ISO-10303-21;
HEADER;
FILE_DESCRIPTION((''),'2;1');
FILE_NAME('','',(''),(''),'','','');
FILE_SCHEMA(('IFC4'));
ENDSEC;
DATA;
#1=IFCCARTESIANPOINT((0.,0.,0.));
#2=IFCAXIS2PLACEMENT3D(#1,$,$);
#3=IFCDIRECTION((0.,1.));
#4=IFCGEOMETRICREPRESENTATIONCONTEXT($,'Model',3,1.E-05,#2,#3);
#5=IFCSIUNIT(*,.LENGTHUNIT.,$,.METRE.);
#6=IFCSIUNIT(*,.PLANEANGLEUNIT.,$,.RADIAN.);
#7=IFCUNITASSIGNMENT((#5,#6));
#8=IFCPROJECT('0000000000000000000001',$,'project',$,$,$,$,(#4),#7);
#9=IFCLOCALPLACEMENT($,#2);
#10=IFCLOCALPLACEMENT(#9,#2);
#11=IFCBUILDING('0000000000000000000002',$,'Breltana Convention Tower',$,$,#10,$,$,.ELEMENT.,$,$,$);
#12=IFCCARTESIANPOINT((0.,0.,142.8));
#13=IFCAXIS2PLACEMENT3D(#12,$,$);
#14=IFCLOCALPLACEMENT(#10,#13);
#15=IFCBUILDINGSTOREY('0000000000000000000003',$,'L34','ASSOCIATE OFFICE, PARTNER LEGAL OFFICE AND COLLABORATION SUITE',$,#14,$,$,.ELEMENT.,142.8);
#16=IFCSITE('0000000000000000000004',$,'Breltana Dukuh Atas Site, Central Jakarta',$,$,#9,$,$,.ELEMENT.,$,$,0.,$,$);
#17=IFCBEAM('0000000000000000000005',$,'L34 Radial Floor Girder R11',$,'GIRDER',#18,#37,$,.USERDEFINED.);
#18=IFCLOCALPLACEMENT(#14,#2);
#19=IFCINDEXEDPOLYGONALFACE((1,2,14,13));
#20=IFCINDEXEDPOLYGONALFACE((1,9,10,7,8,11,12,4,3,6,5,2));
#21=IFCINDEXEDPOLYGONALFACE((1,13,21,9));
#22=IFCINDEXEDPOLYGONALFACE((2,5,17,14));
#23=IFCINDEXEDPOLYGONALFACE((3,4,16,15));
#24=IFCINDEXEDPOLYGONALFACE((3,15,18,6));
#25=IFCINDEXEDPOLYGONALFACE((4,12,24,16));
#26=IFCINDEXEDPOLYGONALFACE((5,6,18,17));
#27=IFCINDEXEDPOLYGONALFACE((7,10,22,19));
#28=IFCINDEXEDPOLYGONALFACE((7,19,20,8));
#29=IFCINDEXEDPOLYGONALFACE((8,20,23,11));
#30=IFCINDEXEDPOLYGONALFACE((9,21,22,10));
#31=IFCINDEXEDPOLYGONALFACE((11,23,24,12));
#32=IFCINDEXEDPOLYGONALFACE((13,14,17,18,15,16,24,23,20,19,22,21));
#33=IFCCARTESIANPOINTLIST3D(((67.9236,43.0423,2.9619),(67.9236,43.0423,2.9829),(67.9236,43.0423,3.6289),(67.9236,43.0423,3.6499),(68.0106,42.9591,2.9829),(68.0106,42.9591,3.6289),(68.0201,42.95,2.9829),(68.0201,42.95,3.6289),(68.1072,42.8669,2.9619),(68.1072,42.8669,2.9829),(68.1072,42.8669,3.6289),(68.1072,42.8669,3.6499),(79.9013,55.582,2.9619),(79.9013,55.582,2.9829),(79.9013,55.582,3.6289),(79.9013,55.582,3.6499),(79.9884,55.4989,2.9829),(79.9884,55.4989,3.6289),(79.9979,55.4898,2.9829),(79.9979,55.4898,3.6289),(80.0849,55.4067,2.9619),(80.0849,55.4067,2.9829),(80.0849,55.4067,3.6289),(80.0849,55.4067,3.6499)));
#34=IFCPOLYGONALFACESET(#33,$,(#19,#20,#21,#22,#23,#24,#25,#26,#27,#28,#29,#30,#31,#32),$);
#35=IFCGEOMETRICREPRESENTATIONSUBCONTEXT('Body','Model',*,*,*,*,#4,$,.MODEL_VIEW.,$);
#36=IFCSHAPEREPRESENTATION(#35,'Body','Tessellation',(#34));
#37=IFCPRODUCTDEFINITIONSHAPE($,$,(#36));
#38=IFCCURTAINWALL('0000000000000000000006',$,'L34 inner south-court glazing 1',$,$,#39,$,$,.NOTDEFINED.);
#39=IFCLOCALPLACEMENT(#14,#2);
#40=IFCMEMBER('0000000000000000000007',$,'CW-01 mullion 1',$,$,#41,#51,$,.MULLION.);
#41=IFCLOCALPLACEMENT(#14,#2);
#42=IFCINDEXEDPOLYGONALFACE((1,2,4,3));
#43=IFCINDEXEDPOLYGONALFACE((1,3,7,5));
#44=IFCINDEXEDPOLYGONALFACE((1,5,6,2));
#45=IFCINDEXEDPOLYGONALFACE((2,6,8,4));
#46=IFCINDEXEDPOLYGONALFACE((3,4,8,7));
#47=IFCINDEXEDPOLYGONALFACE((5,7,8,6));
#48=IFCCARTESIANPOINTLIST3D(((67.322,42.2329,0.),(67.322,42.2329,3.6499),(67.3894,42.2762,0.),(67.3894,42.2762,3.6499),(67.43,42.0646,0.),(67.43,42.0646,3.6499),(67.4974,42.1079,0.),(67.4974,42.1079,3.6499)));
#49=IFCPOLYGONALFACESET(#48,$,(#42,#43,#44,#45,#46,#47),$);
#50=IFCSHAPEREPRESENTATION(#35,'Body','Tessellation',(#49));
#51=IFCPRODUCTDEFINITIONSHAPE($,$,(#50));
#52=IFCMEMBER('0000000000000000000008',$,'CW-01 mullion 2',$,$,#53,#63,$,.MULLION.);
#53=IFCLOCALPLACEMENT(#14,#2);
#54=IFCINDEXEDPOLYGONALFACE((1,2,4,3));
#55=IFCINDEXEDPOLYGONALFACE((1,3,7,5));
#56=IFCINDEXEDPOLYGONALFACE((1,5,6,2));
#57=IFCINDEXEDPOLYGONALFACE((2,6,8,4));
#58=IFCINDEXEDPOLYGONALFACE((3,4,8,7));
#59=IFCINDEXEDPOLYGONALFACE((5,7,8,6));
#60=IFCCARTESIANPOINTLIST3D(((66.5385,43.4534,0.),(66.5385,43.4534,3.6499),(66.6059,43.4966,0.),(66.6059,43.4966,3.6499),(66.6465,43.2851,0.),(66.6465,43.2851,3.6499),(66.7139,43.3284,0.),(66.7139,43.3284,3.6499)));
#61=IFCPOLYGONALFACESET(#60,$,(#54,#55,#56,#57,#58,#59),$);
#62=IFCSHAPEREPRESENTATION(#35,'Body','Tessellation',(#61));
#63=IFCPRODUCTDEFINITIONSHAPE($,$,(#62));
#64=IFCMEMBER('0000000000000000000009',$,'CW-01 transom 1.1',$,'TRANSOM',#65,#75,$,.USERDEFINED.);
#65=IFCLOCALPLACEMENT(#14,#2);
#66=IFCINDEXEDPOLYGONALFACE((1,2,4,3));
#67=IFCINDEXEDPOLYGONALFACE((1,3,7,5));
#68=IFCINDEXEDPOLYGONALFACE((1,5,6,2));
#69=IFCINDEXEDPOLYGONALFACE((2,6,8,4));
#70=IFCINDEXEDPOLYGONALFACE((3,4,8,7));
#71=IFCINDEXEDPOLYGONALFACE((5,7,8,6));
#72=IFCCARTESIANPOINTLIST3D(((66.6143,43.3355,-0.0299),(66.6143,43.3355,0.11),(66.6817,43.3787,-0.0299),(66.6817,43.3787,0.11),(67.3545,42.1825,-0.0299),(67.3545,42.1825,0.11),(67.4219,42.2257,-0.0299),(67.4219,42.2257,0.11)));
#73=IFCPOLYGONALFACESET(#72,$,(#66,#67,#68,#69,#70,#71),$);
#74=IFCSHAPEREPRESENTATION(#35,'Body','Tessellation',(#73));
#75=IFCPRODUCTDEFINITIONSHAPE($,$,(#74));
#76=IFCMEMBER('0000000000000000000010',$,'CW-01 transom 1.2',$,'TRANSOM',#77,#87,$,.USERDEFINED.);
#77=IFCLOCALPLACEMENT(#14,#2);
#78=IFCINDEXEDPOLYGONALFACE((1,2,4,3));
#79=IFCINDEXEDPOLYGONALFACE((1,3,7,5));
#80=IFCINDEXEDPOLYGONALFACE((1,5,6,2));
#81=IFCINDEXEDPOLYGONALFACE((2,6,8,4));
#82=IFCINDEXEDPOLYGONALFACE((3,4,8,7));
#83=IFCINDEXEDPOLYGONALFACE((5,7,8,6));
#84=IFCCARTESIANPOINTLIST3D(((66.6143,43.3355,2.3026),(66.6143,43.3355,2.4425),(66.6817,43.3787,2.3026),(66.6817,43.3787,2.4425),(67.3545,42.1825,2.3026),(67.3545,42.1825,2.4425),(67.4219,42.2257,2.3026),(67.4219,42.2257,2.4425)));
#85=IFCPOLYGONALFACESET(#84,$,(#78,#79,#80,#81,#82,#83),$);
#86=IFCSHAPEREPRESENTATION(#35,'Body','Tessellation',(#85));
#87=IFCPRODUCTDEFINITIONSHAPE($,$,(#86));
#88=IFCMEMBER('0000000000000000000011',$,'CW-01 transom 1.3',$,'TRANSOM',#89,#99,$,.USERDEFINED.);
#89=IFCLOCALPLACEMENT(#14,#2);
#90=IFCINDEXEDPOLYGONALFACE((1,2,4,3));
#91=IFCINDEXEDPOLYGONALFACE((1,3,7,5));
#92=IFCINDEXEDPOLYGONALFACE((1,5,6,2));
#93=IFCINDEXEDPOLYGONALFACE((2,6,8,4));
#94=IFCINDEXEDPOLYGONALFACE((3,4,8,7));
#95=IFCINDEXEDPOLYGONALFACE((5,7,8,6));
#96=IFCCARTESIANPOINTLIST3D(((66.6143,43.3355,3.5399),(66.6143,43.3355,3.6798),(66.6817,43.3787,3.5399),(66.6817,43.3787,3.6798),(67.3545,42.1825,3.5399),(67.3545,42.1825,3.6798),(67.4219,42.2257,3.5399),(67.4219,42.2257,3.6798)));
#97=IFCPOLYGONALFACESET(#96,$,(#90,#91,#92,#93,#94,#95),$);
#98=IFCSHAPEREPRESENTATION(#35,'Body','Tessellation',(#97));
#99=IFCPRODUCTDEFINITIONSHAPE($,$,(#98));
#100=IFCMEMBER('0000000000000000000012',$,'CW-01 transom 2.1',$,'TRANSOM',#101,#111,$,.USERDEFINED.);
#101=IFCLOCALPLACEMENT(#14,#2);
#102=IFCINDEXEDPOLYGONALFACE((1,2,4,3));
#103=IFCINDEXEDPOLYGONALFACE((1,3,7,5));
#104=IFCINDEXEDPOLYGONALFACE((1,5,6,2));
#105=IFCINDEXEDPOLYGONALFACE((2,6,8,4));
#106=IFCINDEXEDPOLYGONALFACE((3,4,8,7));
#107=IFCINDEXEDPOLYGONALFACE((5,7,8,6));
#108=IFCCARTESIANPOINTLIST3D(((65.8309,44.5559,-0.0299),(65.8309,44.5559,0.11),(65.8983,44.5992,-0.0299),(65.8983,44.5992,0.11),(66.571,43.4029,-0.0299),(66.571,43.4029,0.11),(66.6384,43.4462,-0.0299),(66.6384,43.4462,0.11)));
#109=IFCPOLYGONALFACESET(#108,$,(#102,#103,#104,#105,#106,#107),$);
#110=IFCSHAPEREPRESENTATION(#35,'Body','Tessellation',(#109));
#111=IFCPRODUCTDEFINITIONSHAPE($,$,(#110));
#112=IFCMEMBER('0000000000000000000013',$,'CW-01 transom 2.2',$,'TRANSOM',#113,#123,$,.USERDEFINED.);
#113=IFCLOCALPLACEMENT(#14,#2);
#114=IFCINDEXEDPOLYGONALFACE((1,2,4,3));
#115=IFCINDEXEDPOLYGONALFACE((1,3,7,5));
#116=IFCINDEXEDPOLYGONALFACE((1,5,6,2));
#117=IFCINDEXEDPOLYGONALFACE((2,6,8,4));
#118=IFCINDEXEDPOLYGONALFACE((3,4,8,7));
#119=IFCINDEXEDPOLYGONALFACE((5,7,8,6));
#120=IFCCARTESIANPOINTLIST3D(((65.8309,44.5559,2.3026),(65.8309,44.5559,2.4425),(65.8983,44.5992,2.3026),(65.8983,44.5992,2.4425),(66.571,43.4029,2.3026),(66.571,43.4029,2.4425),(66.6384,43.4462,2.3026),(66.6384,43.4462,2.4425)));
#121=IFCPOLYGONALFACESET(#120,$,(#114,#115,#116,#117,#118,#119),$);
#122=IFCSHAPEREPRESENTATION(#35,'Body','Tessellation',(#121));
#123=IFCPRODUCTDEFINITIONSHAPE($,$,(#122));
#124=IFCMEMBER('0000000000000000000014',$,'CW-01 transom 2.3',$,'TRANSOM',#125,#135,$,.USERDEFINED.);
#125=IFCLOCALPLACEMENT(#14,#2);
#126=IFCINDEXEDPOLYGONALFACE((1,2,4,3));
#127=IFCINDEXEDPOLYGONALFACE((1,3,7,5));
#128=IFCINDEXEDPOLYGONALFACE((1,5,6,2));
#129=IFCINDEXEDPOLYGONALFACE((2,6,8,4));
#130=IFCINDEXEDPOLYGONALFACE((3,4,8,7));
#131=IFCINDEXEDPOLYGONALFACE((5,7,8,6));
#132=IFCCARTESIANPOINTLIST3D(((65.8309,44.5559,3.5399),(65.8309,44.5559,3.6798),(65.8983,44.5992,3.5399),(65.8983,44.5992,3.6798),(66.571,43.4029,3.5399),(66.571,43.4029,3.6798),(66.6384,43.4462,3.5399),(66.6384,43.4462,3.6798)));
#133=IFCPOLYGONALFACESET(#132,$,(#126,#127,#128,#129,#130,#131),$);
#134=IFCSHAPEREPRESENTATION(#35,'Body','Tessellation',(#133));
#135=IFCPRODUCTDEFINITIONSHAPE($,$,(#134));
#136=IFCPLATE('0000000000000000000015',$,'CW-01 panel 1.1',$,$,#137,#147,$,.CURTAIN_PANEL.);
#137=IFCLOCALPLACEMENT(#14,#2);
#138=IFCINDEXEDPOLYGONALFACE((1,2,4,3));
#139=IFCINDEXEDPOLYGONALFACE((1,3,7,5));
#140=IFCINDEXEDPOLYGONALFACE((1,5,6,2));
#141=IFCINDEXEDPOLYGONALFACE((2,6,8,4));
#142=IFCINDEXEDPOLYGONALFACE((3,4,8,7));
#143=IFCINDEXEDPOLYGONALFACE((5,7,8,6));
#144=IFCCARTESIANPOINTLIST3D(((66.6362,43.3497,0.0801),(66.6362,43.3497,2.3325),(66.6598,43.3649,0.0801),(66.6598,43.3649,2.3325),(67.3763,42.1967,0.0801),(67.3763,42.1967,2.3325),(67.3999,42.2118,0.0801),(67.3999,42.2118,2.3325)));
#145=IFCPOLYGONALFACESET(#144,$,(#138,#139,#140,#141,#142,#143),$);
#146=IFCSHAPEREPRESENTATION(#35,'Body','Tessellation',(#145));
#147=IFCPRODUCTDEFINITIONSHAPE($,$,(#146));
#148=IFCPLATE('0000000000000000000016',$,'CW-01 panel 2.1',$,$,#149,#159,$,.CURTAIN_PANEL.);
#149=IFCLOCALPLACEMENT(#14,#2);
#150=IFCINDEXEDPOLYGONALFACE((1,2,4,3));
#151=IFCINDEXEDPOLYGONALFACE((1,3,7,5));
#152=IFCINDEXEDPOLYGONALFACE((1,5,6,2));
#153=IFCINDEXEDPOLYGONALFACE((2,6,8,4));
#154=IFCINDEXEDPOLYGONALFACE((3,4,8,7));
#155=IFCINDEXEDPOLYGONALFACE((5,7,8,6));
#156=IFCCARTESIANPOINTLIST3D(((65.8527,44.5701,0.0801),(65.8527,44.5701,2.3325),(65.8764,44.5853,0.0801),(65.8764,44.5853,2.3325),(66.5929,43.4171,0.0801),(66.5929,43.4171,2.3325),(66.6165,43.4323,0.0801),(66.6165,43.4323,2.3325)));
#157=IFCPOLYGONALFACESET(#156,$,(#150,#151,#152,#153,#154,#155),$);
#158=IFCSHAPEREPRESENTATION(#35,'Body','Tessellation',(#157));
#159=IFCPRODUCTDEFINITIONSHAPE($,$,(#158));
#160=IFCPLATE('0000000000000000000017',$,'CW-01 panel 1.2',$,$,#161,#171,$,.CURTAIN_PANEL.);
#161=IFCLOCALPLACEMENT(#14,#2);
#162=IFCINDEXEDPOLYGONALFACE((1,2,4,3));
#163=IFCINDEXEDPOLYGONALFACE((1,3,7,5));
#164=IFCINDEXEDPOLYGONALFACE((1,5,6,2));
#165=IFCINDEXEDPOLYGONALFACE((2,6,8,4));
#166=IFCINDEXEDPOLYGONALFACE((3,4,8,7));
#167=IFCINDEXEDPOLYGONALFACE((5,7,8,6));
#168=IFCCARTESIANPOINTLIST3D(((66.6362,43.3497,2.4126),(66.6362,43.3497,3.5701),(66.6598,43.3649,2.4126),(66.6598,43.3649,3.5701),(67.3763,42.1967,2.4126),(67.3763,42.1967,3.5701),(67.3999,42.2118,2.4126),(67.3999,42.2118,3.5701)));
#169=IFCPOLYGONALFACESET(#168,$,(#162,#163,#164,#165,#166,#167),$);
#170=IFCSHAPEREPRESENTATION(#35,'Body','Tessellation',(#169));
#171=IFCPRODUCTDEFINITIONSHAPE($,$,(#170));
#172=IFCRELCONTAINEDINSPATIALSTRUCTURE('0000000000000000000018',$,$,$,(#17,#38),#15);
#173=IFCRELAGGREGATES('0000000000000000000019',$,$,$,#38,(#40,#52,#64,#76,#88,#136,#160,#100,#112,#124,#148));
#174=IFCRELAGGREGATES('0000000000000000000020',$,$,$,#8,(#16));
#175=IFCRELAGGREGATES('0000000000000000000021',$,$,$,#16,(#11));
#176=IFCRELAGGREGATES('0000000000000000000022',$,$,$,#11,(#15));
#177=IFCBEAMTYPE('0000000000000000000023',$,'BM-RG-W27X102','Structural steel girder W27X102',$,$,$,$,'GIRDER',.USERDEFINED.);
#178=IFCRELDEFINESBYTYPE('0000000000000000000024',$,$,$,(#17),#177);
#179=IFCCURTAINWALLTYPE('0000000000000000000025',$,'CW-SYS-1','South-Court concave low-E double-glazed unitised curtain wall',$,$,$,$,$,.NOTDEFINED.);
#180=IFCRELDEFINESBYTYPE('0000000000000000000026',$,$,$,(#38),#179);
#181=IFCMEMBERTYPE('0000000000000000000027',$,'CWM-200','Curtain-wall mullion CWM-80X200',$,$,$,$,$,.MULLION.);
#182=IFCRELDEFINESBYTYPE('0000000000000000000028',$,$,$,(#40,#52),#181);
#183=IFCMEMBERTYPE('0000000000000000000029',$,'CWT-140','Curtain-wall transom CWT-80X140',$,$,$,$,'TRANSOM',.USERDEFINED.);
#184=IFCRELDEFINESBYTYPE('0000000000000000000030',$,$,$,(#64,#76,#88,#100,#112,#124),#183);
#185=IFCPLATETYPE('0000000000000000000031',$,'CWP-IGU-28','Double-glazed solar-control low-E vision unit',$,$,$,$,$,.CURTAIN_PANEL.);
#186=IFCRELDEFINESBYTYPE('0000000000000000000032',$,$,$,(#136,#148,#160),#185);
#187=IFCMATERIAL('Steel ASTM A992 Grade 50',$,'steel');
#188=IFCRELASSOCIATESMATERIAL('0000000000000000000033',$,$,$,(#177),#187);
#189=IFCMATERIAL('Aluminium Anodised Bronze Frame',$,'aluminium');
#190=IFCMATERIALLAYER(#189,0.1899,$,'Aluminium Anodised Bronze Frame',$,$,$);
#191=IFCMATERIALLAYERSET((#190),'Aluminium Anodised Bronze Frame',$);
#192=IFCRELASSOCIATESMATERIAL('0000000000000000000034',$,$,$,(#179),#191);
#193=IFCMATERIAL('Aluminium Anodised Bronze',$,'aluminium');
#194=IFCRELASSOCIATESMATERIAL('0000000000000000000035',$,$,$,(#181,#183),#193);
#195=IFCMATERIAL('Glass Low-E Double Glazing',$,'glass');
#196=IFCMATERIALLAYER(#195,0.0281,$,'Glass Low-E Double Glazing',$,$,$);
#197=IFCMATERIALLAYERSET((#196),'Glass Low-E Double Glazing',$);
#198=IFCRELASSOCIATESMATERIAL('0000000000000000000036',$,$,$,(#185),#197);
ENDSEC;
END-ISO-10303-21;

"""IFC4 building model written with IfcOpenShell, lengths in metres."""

from ifc_helpers import new_model, si_unit, direction, frame, origin, origin_2d, place, context, subcontext, project, spatial, rectangle, i_section, extrude, source, transform, mapped, material, layer, layer_set, material_profile, profile_set, type_object, type_shapes, element, aggregate, save


model = new_model("IFC4")

# Units and contexts
model_context = context("Model", 3, precision=1e-05, world=origin(), true_north=direction((0.0, 1.0)))
body_context = subcontext(model_context, "Body", "Model", "MODEL_VIEW")
ifc_project = project(units=[si_unit("LENGTHUNIT", "METRE"), si_unit("PLANEANGLEUNIT", "RADIAN")], contexts=[model_context])

# Site, building, storey
site_placement = place(None, origin())
site = spatial("IfcSite", under=ifc_project, at=site_placement, Name="Breltana Dukuh Atas Site, Central Jakarta", CompositionType="ELEMENT", RefElevation=0.0)
building_placement = place(site_placement, origin())
building = spatial("IfcBuilding", under=site, at=building_placement, Name="Breltana Convention Tower", CompositionType="ELEMENT")
storey_placement = place(building_placement, frame((0.0, 0.0, 142.8)))
storey = spatial("IfcBuildingStorey", under=building, at=storey_placement, Name="L34", Description="ASSOCIATE OFFICE, PARTNER LEGAL OFFICE AND COLLABORATION SUITE", CompositionType="ELEMENT", Elevation=142.8)

# Beam
ifc_material_1 = material(Name="Steel ASTM A992 Grade 50", Category="steel")
ifc_material_profile_1 = material_profile(ifc_material_1, i_section(OverallWidth=0.2539, OverallDepth=0.688, WebThickness=0.0132, FlangeThickness=0.021, at=origin_2d()), Name="W27X102")
ifc_profile_set_1 = profile_set([ifc_material_profile_1], Name="Steel ASTM A992 Grade 50")
beam_type = type_object("IfcBeamType", Name="BM-RG-W27X102", Description="Structural steel girder W27X102", ElementType="GIRDER", PredefinedType="USERDEFINED", material=ifc_profile_set_1)
shared_shape_1 = source(origin(), body_context, "Body", "SweptSolid", [
    extrude(i_section(OverallWidth=0.2539, OverallDepth=0.688, WebThickness=0.0132, FlangeThickness=0.021, at=origin_2d()), origin(), (0.0, 0.0, 1.0), 17.3411),
])
type_shapes(beam_type, [shared_shape_1])
beam_placement = place(storey_placement, frame((68.0154, 42.9546, 3.3059), z_axis=(0.690716, 0.723126, 0.0), x_axis=(-0.723126, 0.690716, 0.0)))
element("IfcBeam", 1, at=beam_placement, inside=storey, type_object=beam_type, Name="L34 Radial Floor Girder R11", ObjectType="GIRDER", PredefinedType="USERDEFINED", context=body_context, shape_type="MappedRepresentation", body=[
    mapped(shared_shape_1, transform((0.0, 0.0, 0.0), scale=1.0)),
])

# Curtain wall, members, plates
ifc_material_2 = material(Name="Aluminium Anodised Bronze Frame", Category="aluminium")
ifc_layer_1 = layer(ifc_material_2, 0.1899, Name="Aluminium Anodised Bronze Frame")
ifc_layer_set_1 = layer_set([ifc_layer_1], Name="Aluminium Anodised Bronze Frame")
curtain_wall_type = type_object("IfcCurtainWallType", Name="CW-SYS-1", Description="South-Court concave low-E double-glazed unitised curtain wall", PredefinedType="NOTDEFINED", material=ifc_layer_set_1)
curtain_wall_placement = place(storey_placement, origin())
curtain_wall = element("IfcCurtainWall", 2, at=curtain_wall_placement, inside=storey, type_object=curtain_wall_type, Name="L34 inner south-court glazing 1", PredefinedType="NOTDEFINED")
ifc_material_3 = material(Name="Aluminium Anodised Bronze", Category="aluminium")
ifc_material_profile_2 = material_profile(ifc_material_3, rectangle(XDim=0.0801, YDim=0.2, at=origin_2d()), Name="CWM-80X200")
ifc_profile_set_2 = profile_set([ifc_material_profile_2], Name="Aluminium Anodised Bronze")
member_type_1 = type_object("IfcMemberType", Name="CWM-200", Description="Curtain-wall mullion CWM-80X200", PredefinedType="MULLION", material=ifc_profile_set_2)
shared_shape_2 = source(origin(), body_context, "Body", "SweptSolid", [
    extrude(rectangle(XDim=0.0801, YDim=0.2, at=origin_2d()), origin(), (0.0, 0.0, 1.0), 3.6499),
])
member_1_placement = place(storey_placement, frame((67.4097, 42.1704, 0.0), z_axis=(0.0, 0.0, 1.0), x_axis=(-0.841547, -0.540184, 0.0)))
member_1 = element("IfcMember", 3, at=member_1_placement, type_object=member_type_1, Name="CW-01 mullion 1", PredefinedType="MULLION", context=body_context, shape_type="MappedRepresentation", body=[
    mapped(shared_shape_2, transform((0.0, 0.0, 0.0), scale=1.0)),
])
member_2_placement = place(storey_placement, frame((66.6262, 43.3909, 0.0), z_axis=(0.0, 0.0, 1.0), x_axis=(-0.841547, -0.540184, 0.0)))
member_2 = element("IfcMember", 4, at=member_2_placement, type_object=member_type_1, Name="CW-01 mullion 2", PredefinedType="MULLION", context=body_context, shape_type="MappedRepresentation", body=[
    mapped(shared_shape_2, transform((0.0, 0.0, 0.0), scale=1.0)),
])
ifc_material_profile_3 = material_profile(ifc_material_3, rectangle(XDim=0.0801, YDim=0.1399, at=origin_2d()), Name="CWT-80X140")
ifc_profile_set_3 = profile_set([ifc_material_profile_3], Name="Aluminium Anodised Bronze")
member_type_2 = type_object("IfcMemberType", Name="CWT-140", Description="Curtain-wall transom CWT-80X140", ElementType="TRANSOM", PredefinedType="USERDEFINED", material=ifc_profile_set_3)
shared_shape_3 = source(origin(), body_context, "Body", "SweptSolid", [
    extrude(rectangle(XDim=0.0801, YDim=0.1399, at=origin_2d()), origin(), (0.0, 0.0, 1.0), 1.3701),
])
member_3_placement = place(storey_placement, frame((67.3882, 42.2041, 0.04), z_axis=(-0.540226, 0.84152, 0.0), x_axis=(-0.84152, -0.540226, 0.0)))
member_3 = element("IfcMember", 5, at=member_3_placement, type_object=member_type_2, Name="CW-01 transom 1.1", ObjectType="TRANSOM", PredefinedType="USERDEFINED", context=body_context, shape_type="MappedRepresentation", body=[
    mapped(shared_shape_3, transform((0.0, 0.0, 0.0), scale=1.0)),
])
member_4_placement = place(storey_placement, frame((67.3882, 42.2041, 2.3726), z_axis=(-0.540226, 0.84152, 0.0), x_axis=(-0.84152, -0.540226, 0.0)))
member_4 = element("IfcMember", 6, at=member_4_placement, type_object=member_type_2, Name="CW-01 transom 1.2", ObjectType="TRANSOM", PredefinedType="USERDEFINED", context=body_context, shape_type="MappedRepresentation", body=[
    mapped(shared_shape_3, transform((0.0, 0.0, 0.0), scale=1.0)),
])
member_5_placement = place(storey_placement, frame((67.3882, 42.2041, 3.6099), z_axis=(-0.540226, 0.84152, 0.0), x_axis=(-0.84152, -0.540226, 0.0)))
member_5 = element("IfcMember", 7, at=member_5_placement, type_object=member_type_2, Name="CW-01 transom 1.3", ObjectType="TRANSOM", PredefinedType="USERDEFINED", context=body_context, shape_type="MappedRepresentation", body=[
    mapped(shared_shape_3, transform((0.0, 0.0, 0.0), scale=1.0)),
])
member_6_placement = place(storey_placement, frame((66.6047, 43.4246, 0.04), z_axis=(-0.540226, 0.84152, 0.0), x_axis=(-0.84152, -0.540226, 0.0)))
member_6 = element("IfcMember", 8, at=member_6_placement, type_object=member_type_2, Name="CW-01 transom 2.1", ObjectType="TRANSOM", PredefinedType="USERDEFINED", context=body_context, shape_type="MappedRepresentation", body=[
    mapped(shared_shape_3, transform((0.0, 0.0, 0.0), scale=1.0)),
])
member_7_placement = place(storey_placement, frame((66.6047, 43.4246, 2.3726), z_axis=(-0.540226, 0.84152, 0.0), x_axis=(-0.84152, -0.540226, 0.0)))
member_7 = element("IfcMember", 9, at=member_7_placement, type_object=member_type_2, Name="CW-01 transom 2.2", ObjectType="TRANSOM", PredefinedType="USERDEFINED", context=body_context, shape_type="MappedRepresentation", body=[
    mapped(shared_shape_3, transform((0.0, 0.0, 0.0), scale=1.0)),
])
member_8_placement = place(storey_placement, frame((66.6047, 43.4246, 3.6099), z_axis=(-0.540226, 0.84152, 0.0), x_axis=(-0.84152, -0.540226, 0.0)))
member_8 = element("IfcMember", 10, at=member_8_placement, type_object=member_type_2, Name="CW-01 transom 2.3", ObjectType="TRANSOM", PredefinedType="USERDEFINED", context=body_context, shape_type="MappedRepresentation", body=[
    mapped(shared_shape_3, transform((0.0, 0.0, 0.0), scale=1.0)),
])
ifc_material_4 = material(Name="Glass Low-E Double Glazing", Category="glass")
ifc_layer_2 = layer(ifc_material_4, 0.0281, Name="Glass Low-E Double Glazing")
ifc_layer_set_2 = layer_set([ifc_layer_2], Name="Glass Low-E Double Glazing")
plate_type = type_object("IfcPlateType", Name="CWP-IGU-28", Description="Double-glazed solar-control low-E vision unit", PredefinedType="CURTAIN_PANEL", material=ifc_layer_set_2)
shared_shape_4 = source(origin(), body_context, "Body", "SweptSolid", [
    extrude(rectangle(XDim=1.3701, YDim=0.0281, at=origin_2d()), origin(), (0.0, 0.0, 1.0), 2.2524),
])
plate_1_placement = place(storey_placement, frame((67.0181, 42.7808, 0.0801), z_axis=(0.0, 0.0, 1.0), x_axis=(-0.540184, 0.841547, 0.0)))
plate_1 = element("IfcPlate", 11, at=plate_1_placement, type_object=plate_type, Name="CW-01 panel 1.1", PredefinedType="CURTAIN_PANEL", context=body_context, shape_type="MappedRepresentation", body=[
    mapped(shared_shape_4, transform((0.0, 0.0, 0.0), scale=1.0)),
])
plate_2_placement = place(storey_placement, frame((66.2346, 44.0012, 0.0801), z_axis=(0.0, 0.0, 1.0), x_axis=(-0.540184, 0.841547, 0.0)))
plate_2 = element("IfcPlate", 12, at=plate_2_placement, type_object=plate_type, Name="CW-01 panel 2.1", PredefinedType="CURTAIN_PANEL", context=body_context, shape_type="MappedRepresentation", body=[
    mapped(shared_shape_4, transform((0.0, 0.0, 0.0), scale=1.0)),
])
shared_shape_5 = source(origin(), body_context, "Body", "SweptSolid", [
    extrude(rectangle(XDim=1.3701, YDim=0.0281, at=origin_2d()), origin(), (0.0, 0.0, 1.0), 1.1575),
])
plate_3_placement = place(storey_placement, frame((67.0181, 42.7808, 2.4126), z_axis=(0.0, 0.0, 1.0), x_axis=(-0.540184, 0.841547, 0.0)))
plate_3 = element("IfcPlate", 13, at=plate_3_placement, type_object=plate_type, Name="CW-01 panel 1.2", PredefinedType="CURTAIN_PANEL", context=body_context, shape_type="MappedRepresentation", body=[
    mapped(shared_shape_5, transform((0.0, 0.0, 0.0), scale=1.0)),
])
aggregate(curtain_wall, [member_1, member_2, member_3, member_4, member_5, plate_1, plate_3, member_6, member_7, member_8, plate_2])

save(model, "model.ifc")
